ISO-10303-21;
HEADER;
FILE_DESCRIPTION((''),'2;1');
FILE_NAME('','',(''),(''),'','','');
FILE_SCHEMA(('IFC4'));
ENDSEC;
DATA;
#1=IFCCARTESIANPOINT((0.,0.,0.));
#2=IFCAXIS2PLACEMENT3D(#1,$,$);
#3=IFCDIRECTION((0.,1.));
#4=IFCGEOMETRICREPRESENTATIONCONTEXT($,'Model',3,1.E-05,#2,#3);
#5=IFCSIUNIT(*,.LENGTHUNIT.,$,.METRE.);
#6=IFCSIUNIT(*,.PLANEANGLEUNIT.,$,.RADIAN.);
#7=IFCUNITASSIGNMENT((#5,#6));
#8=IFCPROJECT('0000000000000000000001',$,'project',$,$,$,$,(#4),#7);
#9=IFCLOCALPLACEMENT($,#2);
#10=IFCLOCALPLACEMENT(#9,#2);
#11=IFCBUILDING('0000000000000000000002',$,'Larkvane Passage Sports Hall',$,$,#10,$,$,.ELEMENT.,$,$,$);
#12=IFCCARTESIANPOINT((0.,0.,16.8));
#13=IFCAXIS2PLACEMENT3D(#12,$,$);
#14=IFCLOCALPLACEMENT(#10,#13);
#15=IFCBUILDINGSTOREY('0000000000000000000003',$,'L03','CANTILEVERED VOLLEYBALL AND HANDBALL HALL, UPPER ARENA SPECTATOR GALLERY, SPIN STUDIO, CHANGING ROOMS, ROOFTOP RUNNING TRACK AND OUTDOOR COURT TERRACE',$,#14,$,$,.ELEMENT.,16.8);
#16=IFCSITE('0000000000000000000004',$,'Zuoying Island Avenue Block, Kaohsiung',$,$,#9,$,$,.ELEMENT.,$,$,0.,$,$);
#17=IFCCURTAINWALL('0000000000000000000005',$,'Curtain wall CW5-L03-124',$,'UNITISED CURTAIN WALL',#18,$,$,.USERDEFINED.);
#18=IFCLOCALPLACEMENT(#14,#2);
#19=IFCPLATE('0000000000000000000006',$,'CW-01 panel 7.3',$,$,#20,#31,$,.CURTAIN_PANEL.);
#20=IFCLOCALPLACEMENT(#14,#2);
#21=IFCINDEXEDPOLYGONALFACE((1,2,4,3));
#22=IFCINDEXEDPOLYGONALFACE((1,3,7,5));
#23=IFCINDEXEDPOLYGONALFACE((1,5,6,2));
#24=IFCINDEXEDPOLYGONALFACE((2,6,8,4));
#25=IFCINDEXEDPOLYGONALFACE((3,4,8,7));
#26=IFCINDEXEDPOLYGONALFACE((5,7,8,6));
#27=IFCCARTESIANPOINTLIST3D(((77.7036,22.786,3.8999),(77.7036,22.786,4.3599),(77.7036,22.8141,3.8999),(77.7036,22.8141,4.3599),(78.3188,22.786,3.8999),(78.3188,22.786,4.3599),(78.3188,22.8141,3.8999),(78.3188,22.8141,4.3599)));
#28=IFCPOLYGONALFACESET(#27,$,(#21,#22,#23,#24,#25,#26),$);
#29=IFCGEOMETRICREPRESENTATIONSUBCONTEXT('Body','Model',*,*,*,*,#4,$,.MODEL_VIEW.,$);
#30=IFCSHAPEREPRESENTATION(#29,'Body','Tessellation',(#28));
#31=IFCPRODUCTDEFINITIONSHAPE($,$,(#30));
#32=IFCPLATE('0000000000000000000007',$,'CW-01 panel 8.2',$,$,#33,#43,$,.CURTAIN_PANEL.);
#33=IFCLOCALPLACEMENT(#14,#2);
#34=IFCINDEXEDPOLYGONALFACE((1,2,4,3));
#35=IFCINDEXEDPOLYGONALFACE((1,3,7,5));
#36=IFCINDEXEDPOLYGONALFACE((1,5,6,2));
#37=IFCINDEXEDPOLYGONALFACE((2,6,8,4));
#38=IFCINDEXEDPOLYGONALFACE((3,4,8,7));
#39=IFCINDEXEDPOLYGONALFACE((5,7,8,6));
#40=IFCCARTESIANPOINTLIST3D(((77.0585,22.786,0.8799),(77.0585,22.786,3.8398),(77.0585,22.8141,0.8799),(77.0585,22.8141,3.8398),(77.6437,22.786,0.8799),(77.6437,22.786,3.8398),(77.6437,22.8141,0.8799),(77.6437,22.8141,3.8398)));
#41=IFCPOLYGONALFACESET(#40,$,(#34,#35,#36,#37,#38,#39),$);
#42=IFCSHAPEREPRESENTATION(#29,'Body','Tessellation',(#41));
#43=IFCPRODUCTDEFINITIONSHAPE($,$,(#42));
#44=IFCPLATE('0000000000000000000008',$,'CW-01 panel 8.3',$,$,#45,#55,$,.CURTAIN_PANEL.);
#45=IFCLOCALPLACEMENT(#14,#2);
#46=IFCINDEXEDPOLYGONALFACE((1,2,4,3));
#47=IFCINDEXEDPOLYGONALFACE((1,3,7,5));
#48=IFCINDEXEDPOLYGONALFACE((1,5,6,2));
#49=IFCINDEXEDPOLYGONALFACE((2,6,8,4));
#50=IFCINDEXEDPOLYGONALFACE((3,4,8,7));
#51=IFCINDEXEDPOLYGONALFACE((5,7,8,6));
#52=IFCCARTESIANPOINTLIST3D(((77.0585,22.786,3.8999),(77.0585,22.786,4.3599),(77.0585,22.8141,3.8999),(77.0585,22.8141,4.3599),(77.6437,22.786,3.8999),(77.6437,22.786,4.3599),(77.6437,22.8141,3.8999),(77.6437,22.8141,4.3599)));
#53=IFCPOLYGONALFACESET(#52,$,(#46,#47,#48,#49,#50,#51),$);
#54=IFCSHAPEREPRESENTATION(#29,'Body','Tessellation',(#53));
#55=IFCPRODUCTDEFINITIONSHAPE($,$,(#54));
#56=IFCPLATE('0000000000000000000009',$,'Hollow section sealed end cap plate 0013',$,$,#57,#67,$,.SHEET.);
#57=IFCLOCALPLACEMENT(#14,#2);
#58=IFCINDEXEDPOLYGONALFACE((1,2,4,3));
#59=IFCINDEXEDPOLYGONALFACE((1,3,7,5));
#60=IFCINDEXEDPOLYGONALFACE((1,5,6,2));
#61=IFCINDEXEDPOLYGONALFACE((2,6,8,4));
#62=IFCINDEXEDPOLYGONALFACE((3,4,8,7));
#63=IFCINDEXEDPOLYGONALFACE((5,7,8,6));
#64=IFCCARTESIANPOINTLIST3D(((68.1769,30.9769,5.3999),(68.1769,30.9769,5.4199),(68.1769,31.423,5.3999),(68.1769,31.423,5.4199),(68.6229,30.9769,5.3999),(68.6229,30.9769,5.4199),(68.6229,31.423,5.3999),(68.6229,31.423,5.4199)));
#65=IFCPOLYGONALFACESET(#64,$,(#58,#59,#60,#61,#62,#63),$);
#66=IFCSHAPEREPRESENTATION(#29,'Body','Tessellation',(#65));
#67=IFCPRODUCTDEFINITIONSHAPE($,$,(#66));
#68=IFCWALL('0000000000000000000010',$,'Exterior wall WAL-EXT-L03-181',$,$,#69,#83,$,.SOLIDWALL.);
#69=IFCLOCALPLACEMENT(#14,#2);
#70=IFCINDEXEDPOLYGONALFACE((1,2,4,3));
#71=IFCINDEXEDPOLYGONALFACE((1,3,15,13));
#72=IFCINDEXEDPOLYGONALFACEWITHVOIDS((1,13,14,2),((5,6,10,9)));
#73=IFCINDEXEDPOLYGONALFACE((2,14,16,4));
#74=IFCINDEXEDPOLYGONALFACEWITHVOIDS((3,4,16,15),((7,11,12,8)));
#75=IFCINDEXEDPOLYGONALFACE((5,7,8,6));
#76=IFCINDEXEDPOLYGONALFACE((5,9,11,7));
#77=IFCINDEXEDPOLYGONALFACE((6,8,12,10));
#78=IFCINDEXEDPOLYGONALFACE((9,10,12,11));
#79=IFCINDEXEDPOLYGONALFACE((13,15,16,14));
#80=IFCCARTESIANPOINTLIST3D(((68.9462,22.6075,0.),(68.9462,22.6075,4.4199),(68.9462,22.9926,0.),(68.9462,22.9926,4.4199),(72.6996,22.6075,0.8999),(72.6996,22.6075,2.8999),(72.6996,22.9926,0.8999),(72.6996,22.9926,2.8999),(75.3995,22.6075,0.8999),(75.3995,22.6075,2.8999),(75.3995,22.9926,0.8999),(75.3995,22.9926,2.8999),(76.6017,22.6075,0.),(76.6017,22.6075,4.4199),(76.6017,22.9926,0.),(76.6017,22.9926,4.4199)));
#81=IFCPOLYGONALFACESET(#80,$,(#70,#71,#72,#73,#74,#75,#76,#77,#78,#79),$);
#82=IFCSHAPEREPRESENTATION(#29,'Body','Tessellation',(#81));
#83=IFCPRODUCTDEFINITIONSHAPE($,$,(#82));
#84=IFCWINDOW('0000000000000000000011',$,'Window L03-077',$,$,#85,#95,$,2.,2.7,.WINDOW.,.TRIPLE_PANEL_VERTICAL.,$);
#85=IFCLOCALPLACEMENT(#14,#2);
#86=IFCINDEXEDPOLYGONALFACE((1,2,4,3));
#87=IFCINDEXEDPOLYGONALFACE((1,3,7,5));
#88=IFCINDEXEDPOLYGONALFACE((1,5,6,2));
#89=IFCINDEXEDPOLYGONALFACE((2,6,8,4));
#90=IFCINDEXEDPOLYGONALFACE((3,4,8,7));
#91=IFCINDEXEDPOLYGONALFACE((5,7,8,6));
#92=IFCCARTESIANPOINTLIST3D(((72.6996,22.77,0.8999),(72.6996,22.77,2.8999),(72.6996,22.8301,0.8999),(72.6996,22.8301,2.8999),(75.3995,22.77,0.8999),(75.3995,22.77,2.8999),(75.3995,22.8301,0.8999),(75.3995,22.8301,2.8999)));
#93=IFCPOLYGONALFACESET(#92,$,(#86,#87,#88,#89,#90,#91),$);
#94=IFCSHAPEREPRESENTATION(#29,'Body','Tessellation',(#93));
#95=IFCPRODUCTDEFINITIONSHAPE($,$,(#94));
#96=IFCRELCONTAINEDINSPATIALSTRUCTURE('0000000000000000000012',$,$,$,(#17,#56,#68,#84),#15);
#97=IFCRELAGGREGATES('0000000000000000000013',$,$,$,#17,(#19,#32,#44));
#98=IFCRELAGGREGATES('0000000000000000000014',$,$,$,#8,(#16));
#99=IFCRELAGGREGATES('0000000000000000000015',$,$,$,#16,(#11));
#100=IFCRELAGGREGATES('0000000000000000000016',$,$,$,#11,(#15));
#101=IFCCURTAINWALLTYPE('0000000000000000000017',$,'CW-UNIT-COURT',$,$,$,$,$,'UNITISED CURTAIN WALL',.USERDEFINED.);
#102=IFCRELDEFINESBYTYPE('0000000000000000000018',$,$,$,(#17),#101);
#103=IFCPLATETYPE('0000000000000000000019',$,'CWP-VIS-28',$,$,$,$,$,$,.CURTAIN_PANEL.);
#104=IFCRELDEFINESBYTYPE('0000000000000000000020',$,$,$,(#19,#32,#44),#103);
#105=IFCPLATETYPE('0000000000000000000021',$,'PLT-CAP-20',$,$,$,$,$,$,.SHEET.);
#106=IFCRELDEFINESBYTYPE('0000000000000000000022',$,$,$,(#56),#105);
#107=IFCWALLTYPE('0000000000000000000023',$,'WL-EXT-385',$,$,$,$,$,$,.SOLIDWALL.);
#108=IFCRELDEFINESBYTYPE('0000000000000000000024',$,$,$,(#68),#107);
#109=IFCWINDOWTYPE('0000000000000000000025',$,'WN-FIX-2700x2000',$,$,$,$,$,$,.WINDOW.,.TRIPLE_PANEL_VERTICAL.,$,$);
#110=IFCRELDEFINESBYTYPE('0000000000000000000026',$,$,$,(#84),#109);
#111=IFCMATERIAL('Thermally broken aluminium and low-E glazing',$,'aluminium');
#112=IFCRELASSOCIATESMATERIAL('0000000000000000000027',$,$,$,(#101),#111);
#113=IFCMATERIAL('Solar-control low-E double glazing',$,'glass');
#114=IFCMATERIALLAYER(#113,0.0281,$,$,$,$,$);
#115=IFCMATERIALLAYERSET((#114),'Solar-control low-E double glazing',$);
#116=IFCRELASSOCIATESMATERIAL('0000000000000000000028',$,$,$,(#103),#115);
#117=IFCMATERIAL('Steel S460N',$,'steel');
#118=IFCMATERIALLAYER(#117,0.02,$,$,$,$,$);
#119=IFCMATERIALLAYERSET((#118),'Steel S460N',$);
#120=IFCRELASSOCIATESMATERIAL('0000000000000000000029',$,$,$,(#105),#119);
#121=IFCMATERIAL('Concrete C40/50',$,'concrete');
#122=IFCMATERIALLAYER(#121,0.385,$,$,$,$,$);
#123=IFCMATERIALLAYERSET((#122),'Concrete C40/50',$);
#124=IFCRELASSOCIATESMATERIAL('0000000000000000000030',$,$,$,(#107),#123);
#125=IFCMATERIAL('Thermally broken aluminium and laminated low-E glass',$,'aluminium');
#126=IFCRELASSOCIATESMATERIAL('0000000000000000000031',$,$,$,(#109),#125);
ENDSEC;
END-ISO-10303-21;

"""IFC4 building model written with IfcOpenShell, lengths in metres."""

from ifc_helpers import new_model, si_unit, direction, frame, frame_2d, origin, origin_2d, place, context, subcontext, project, spatial, rectangle, extrude, material, layer, layer_set, type_object, element, fill, aggregate, save


model = new_model("IFC4")

# Units and contexts
model_context = context("Model", 3, precision=1e-05, world=origin(), true_north=direction((0.0, 1.0)))
body_context = subcontext(model_context, "Body", "Model", "MODEL_VIEW")
ifc_project = project(units=[si_unit("LENGTHUNIT", "METRE"), si_unit("PLANEANGLEUNIT", "RADIAN")], contexts=[model_context])

# Site, building, storey
site_placement = place(None, origin())
site = spatial("IfcSite", under=ifc_project, at=site_placement, Name="Zuoying Island Avenue Block, Kaohsiung", CompositionType="ELEMENT", RefElevation=0.0)
building_placement = place(site_placement, origin())
building = spatial("IfcBuilding", under=site, at=building_placement, Name="Larkvane Passage Sports Hall", CompositionType="ELEMENT")
storey_placement = place(building_placement, frame((0.0, 0.0, 16.8)))
storey = spatial("IfcBuildingStorey", under=building, at=storey_placement, Name="L03", Description="CANTILEVERED VOLLEYBALL AND HANDBALL HALL, UPPER ARENA SPECTATOR GALLERY, SPIN STUDIO, CHANGING ROOMS, ROOFTOP RUNNING TRACK AND OUTDOOR COURT TERRACE", CompositionType="ELEMENT", Elevation=16.8)

# Shared definitions
ifc_material_1 = material(Name="Concrete C40/50", Category="concrete")
ifc_material_2 = material(Name="Steel S460N", Category="steel")

# Curtain wall
ifc_material_3 = material(Name="Thermally broken aluminium and low-E glazing", Category="aluminium")
curtain_wall_type_1 = type_object("IfcCurtainWallType", Name="CW-UNIT-COURT", ElementType="UNITISED CURTAIN WALL", PredefinedType="USERDEFINED", material=ifc_material_3)
curtain_wall_1_placement = place(storey_placement, origin())
curtain_wall_1 = element("IfcCurtainWall", 1, at=curtain_wall_1_placement, inside=storey, type_object=curtain_wall_type_1, Name="Curtain wall CW5-L03-124", ObjectType="UNITISED CURTAIN WALL", PredefinedType="USERDEFINED")

# Plates
ifc_material_4 = material(Name="Solar-control low-E double glazing", Category="glass")
ifc_layer_1 = layer(ifc_material_4, 0.0281)
ifc_layer_set_1 = layer_set([ifc_layer_1], Name="Solar-control low-E double glazing")
plate_type_1 = type_object("IfcPlateType", Name="CWP-VIS-28", PredefinedType="CURTAIN_PANEL", material=ifc_layer_set_1)
plate_1_placement = place(storey_placement, frame((78.0112, 22.8, 3.8999), z_axis=(0.0, 0.0, 1.0), x_axis=(-1.0, 0.0, 0.0)))
plate_1 = element("IfcPlate", 2, at=plate_1_placement, type_object=plate_type_1, Name="CW-01 panel 7.3", PredefinedType="CURTAIN_PANEL", context=body_context, shape_type="SweptSolid", body=[
    extrude(rectangle(XDim=0.6152, YDim=0.0281, at=origin_2d()), origin(), (0.0, 0.0, 1.0), 0.46),
])
plate_2_placement = place(storey_placement, frame((77.3511, 22.8, 0.8799), z_axis=(0.0, 0.0, 1.0), x_axis=(-1.0, 0.0, 0.0)))
plate_2 = element("IfcPlate", 3, at=plate_2_placement, type_object=plate_type_1, Name="CW-01 panel 8.2", PredefinedType="CURTAIN_PANEL", context=body_context, shape_type="SweptSolid", body=[
    extrude(rectangle(XDim=0.5852, YDim=0.0281, at=origin_2d()), origin(), (0.0, 0.0, 1.0), 2.96),
])
plate_3_placement = place(storey_placement, frame((77.3511, 22.8, 3.8999), z_axis=(0.0, 0.0, 1.0), x_axis=(-1.0, 0.0, 0.0)))
plate_3 = element("IfcPlate", 4, at=plate_3_placement, type_object=plate_type_1, Name="CW-01 panel 8.3", PredefinedType="CURTAIN_PANEL", context=body_context, shape_type="SweptSolid", body=[
    extrude(rectangle(XDim=0.5852, YDim=0.0281, at=origin_2d()), origin(), (0.0, 0.0, 1.0), 0.46),
])
aggregate(curtain_wall_1, [plate_1, plate_2, plate_3])
ifc_layer_2 = layer(ifc_material_2, 0.02)
ifc_layer_set_2 = layer_set([ifc_layer_2], Name="Steel S460N")
plate_type_2 = type_object("IfcPlateType", Name="PLT-CAP-20", PredefinedType="SHEET", material=ifc_layer_set_2)
plate_4_placement = place(storey_placement, frame((68.3999, 31.2, 5.3999), z_axis=(0.0, 0.0, 1.0), x_axis=(1.0, 0.0, 0.0)))
element("IfcPlate", 5, at=plate_4_placement, inside=storey, type_object=plate_type_2, Name="Hollow section sealed end cap plate 0013", PredefinedType="SHEET", context=body_context, shape_type="SweptSolid", body=[
    extrude(rectangle(XDim=0.446, YDim=0.446, at=origin_2d()), origin(), (0.0, 0.0, 1.0), 0.02),
])

# Wall, opening, window
ifc_layer_3 = layer(ifc_material_1, 0.385)
ifc_layer_set_3 = layer_set([ifc_layer_3], Name="Concrete C40/50")
wall_type = type_object("IfcWallType", Name="WL-EXT-385", PredefinedType="SOLIDWALL", material=ifc_layer_set_3)
wall_placement = place(storey_placement, frame((76.6016, 22.8, 0.0), z_axis=(0.0, 0.0, 1.0), x_axis=(-1.0, 0.0, 0.0)))
wall = element("IfcWall", 6, at=wall_placement, inside=storey, type_object=wall_type, Name="Exterior wall WAL-EXT-L03-181", PredefinedType="SOLIDWALL", context=body_context, shape_type="SweptSolid", body=[
    extrude(rectangle(XDim=7.6555, YDim=0.385, at=frame_2d((3.8276, 0.0))), origin(), (0.0, 0.0, 1.0), 4.4199),
])
opening_placement = place(wall_placement, frame((1.2019, 0.0, 0.8999)))
opening = element("IfcOpeningElement", 7, at=opening_placement, cuts=wall, PredefinedType="OPENING", context=body_context, shape_type="SweptSolid", body=[
    extrude(rectangle(XDim=2.7, YDim=2.0, at=frame_2d((1.3501, 1.0))), frame((0.0, 0.2024, 0.0), z_axis=(0.0, -1.0, 0.0), x_axis=(1.0, 0.0, 0.0)), (0.0, 0.0, 1.0), 0.405),
])
ifc_material_5 = material(Name="Thermally broken aluminium and laminated low-E glass", Category="aluminium")
window_type = type_object("IfcWindowType", Name="WN-FIX-2700x2000", PartitioningType="TRIPLE_PANEL_VERTICAL", PredefinedType="WINDOW", material=ifc_material_5)
window_placement = place(opening_placement, origin())
window = element("IfcWindow", 8, at=window_placement, inside=storey, type_object=window_type, Name="Window L03-077", OverallHeight=2.0, OverallWidth=2.7, PartitioningType="TRIPLE_PANEL_VERTICAL", PredefinedType="WINDOW", context=body_context, shape_type="SweptSolid", body=[
    extrude(rectangle(XDim=2.7, YDim=2.0, at=frame_2d((1.3501, 1.0))), frame((0.0, 0.03, 0.0), z_axis=(0.0, -1.0, 0.0), x_axis=(1.0, 0.0, 0.0)), (0.0, 0.0, 1.0), 0.0601),
])
fill(opening, window)

save(model, "model.ifc")
